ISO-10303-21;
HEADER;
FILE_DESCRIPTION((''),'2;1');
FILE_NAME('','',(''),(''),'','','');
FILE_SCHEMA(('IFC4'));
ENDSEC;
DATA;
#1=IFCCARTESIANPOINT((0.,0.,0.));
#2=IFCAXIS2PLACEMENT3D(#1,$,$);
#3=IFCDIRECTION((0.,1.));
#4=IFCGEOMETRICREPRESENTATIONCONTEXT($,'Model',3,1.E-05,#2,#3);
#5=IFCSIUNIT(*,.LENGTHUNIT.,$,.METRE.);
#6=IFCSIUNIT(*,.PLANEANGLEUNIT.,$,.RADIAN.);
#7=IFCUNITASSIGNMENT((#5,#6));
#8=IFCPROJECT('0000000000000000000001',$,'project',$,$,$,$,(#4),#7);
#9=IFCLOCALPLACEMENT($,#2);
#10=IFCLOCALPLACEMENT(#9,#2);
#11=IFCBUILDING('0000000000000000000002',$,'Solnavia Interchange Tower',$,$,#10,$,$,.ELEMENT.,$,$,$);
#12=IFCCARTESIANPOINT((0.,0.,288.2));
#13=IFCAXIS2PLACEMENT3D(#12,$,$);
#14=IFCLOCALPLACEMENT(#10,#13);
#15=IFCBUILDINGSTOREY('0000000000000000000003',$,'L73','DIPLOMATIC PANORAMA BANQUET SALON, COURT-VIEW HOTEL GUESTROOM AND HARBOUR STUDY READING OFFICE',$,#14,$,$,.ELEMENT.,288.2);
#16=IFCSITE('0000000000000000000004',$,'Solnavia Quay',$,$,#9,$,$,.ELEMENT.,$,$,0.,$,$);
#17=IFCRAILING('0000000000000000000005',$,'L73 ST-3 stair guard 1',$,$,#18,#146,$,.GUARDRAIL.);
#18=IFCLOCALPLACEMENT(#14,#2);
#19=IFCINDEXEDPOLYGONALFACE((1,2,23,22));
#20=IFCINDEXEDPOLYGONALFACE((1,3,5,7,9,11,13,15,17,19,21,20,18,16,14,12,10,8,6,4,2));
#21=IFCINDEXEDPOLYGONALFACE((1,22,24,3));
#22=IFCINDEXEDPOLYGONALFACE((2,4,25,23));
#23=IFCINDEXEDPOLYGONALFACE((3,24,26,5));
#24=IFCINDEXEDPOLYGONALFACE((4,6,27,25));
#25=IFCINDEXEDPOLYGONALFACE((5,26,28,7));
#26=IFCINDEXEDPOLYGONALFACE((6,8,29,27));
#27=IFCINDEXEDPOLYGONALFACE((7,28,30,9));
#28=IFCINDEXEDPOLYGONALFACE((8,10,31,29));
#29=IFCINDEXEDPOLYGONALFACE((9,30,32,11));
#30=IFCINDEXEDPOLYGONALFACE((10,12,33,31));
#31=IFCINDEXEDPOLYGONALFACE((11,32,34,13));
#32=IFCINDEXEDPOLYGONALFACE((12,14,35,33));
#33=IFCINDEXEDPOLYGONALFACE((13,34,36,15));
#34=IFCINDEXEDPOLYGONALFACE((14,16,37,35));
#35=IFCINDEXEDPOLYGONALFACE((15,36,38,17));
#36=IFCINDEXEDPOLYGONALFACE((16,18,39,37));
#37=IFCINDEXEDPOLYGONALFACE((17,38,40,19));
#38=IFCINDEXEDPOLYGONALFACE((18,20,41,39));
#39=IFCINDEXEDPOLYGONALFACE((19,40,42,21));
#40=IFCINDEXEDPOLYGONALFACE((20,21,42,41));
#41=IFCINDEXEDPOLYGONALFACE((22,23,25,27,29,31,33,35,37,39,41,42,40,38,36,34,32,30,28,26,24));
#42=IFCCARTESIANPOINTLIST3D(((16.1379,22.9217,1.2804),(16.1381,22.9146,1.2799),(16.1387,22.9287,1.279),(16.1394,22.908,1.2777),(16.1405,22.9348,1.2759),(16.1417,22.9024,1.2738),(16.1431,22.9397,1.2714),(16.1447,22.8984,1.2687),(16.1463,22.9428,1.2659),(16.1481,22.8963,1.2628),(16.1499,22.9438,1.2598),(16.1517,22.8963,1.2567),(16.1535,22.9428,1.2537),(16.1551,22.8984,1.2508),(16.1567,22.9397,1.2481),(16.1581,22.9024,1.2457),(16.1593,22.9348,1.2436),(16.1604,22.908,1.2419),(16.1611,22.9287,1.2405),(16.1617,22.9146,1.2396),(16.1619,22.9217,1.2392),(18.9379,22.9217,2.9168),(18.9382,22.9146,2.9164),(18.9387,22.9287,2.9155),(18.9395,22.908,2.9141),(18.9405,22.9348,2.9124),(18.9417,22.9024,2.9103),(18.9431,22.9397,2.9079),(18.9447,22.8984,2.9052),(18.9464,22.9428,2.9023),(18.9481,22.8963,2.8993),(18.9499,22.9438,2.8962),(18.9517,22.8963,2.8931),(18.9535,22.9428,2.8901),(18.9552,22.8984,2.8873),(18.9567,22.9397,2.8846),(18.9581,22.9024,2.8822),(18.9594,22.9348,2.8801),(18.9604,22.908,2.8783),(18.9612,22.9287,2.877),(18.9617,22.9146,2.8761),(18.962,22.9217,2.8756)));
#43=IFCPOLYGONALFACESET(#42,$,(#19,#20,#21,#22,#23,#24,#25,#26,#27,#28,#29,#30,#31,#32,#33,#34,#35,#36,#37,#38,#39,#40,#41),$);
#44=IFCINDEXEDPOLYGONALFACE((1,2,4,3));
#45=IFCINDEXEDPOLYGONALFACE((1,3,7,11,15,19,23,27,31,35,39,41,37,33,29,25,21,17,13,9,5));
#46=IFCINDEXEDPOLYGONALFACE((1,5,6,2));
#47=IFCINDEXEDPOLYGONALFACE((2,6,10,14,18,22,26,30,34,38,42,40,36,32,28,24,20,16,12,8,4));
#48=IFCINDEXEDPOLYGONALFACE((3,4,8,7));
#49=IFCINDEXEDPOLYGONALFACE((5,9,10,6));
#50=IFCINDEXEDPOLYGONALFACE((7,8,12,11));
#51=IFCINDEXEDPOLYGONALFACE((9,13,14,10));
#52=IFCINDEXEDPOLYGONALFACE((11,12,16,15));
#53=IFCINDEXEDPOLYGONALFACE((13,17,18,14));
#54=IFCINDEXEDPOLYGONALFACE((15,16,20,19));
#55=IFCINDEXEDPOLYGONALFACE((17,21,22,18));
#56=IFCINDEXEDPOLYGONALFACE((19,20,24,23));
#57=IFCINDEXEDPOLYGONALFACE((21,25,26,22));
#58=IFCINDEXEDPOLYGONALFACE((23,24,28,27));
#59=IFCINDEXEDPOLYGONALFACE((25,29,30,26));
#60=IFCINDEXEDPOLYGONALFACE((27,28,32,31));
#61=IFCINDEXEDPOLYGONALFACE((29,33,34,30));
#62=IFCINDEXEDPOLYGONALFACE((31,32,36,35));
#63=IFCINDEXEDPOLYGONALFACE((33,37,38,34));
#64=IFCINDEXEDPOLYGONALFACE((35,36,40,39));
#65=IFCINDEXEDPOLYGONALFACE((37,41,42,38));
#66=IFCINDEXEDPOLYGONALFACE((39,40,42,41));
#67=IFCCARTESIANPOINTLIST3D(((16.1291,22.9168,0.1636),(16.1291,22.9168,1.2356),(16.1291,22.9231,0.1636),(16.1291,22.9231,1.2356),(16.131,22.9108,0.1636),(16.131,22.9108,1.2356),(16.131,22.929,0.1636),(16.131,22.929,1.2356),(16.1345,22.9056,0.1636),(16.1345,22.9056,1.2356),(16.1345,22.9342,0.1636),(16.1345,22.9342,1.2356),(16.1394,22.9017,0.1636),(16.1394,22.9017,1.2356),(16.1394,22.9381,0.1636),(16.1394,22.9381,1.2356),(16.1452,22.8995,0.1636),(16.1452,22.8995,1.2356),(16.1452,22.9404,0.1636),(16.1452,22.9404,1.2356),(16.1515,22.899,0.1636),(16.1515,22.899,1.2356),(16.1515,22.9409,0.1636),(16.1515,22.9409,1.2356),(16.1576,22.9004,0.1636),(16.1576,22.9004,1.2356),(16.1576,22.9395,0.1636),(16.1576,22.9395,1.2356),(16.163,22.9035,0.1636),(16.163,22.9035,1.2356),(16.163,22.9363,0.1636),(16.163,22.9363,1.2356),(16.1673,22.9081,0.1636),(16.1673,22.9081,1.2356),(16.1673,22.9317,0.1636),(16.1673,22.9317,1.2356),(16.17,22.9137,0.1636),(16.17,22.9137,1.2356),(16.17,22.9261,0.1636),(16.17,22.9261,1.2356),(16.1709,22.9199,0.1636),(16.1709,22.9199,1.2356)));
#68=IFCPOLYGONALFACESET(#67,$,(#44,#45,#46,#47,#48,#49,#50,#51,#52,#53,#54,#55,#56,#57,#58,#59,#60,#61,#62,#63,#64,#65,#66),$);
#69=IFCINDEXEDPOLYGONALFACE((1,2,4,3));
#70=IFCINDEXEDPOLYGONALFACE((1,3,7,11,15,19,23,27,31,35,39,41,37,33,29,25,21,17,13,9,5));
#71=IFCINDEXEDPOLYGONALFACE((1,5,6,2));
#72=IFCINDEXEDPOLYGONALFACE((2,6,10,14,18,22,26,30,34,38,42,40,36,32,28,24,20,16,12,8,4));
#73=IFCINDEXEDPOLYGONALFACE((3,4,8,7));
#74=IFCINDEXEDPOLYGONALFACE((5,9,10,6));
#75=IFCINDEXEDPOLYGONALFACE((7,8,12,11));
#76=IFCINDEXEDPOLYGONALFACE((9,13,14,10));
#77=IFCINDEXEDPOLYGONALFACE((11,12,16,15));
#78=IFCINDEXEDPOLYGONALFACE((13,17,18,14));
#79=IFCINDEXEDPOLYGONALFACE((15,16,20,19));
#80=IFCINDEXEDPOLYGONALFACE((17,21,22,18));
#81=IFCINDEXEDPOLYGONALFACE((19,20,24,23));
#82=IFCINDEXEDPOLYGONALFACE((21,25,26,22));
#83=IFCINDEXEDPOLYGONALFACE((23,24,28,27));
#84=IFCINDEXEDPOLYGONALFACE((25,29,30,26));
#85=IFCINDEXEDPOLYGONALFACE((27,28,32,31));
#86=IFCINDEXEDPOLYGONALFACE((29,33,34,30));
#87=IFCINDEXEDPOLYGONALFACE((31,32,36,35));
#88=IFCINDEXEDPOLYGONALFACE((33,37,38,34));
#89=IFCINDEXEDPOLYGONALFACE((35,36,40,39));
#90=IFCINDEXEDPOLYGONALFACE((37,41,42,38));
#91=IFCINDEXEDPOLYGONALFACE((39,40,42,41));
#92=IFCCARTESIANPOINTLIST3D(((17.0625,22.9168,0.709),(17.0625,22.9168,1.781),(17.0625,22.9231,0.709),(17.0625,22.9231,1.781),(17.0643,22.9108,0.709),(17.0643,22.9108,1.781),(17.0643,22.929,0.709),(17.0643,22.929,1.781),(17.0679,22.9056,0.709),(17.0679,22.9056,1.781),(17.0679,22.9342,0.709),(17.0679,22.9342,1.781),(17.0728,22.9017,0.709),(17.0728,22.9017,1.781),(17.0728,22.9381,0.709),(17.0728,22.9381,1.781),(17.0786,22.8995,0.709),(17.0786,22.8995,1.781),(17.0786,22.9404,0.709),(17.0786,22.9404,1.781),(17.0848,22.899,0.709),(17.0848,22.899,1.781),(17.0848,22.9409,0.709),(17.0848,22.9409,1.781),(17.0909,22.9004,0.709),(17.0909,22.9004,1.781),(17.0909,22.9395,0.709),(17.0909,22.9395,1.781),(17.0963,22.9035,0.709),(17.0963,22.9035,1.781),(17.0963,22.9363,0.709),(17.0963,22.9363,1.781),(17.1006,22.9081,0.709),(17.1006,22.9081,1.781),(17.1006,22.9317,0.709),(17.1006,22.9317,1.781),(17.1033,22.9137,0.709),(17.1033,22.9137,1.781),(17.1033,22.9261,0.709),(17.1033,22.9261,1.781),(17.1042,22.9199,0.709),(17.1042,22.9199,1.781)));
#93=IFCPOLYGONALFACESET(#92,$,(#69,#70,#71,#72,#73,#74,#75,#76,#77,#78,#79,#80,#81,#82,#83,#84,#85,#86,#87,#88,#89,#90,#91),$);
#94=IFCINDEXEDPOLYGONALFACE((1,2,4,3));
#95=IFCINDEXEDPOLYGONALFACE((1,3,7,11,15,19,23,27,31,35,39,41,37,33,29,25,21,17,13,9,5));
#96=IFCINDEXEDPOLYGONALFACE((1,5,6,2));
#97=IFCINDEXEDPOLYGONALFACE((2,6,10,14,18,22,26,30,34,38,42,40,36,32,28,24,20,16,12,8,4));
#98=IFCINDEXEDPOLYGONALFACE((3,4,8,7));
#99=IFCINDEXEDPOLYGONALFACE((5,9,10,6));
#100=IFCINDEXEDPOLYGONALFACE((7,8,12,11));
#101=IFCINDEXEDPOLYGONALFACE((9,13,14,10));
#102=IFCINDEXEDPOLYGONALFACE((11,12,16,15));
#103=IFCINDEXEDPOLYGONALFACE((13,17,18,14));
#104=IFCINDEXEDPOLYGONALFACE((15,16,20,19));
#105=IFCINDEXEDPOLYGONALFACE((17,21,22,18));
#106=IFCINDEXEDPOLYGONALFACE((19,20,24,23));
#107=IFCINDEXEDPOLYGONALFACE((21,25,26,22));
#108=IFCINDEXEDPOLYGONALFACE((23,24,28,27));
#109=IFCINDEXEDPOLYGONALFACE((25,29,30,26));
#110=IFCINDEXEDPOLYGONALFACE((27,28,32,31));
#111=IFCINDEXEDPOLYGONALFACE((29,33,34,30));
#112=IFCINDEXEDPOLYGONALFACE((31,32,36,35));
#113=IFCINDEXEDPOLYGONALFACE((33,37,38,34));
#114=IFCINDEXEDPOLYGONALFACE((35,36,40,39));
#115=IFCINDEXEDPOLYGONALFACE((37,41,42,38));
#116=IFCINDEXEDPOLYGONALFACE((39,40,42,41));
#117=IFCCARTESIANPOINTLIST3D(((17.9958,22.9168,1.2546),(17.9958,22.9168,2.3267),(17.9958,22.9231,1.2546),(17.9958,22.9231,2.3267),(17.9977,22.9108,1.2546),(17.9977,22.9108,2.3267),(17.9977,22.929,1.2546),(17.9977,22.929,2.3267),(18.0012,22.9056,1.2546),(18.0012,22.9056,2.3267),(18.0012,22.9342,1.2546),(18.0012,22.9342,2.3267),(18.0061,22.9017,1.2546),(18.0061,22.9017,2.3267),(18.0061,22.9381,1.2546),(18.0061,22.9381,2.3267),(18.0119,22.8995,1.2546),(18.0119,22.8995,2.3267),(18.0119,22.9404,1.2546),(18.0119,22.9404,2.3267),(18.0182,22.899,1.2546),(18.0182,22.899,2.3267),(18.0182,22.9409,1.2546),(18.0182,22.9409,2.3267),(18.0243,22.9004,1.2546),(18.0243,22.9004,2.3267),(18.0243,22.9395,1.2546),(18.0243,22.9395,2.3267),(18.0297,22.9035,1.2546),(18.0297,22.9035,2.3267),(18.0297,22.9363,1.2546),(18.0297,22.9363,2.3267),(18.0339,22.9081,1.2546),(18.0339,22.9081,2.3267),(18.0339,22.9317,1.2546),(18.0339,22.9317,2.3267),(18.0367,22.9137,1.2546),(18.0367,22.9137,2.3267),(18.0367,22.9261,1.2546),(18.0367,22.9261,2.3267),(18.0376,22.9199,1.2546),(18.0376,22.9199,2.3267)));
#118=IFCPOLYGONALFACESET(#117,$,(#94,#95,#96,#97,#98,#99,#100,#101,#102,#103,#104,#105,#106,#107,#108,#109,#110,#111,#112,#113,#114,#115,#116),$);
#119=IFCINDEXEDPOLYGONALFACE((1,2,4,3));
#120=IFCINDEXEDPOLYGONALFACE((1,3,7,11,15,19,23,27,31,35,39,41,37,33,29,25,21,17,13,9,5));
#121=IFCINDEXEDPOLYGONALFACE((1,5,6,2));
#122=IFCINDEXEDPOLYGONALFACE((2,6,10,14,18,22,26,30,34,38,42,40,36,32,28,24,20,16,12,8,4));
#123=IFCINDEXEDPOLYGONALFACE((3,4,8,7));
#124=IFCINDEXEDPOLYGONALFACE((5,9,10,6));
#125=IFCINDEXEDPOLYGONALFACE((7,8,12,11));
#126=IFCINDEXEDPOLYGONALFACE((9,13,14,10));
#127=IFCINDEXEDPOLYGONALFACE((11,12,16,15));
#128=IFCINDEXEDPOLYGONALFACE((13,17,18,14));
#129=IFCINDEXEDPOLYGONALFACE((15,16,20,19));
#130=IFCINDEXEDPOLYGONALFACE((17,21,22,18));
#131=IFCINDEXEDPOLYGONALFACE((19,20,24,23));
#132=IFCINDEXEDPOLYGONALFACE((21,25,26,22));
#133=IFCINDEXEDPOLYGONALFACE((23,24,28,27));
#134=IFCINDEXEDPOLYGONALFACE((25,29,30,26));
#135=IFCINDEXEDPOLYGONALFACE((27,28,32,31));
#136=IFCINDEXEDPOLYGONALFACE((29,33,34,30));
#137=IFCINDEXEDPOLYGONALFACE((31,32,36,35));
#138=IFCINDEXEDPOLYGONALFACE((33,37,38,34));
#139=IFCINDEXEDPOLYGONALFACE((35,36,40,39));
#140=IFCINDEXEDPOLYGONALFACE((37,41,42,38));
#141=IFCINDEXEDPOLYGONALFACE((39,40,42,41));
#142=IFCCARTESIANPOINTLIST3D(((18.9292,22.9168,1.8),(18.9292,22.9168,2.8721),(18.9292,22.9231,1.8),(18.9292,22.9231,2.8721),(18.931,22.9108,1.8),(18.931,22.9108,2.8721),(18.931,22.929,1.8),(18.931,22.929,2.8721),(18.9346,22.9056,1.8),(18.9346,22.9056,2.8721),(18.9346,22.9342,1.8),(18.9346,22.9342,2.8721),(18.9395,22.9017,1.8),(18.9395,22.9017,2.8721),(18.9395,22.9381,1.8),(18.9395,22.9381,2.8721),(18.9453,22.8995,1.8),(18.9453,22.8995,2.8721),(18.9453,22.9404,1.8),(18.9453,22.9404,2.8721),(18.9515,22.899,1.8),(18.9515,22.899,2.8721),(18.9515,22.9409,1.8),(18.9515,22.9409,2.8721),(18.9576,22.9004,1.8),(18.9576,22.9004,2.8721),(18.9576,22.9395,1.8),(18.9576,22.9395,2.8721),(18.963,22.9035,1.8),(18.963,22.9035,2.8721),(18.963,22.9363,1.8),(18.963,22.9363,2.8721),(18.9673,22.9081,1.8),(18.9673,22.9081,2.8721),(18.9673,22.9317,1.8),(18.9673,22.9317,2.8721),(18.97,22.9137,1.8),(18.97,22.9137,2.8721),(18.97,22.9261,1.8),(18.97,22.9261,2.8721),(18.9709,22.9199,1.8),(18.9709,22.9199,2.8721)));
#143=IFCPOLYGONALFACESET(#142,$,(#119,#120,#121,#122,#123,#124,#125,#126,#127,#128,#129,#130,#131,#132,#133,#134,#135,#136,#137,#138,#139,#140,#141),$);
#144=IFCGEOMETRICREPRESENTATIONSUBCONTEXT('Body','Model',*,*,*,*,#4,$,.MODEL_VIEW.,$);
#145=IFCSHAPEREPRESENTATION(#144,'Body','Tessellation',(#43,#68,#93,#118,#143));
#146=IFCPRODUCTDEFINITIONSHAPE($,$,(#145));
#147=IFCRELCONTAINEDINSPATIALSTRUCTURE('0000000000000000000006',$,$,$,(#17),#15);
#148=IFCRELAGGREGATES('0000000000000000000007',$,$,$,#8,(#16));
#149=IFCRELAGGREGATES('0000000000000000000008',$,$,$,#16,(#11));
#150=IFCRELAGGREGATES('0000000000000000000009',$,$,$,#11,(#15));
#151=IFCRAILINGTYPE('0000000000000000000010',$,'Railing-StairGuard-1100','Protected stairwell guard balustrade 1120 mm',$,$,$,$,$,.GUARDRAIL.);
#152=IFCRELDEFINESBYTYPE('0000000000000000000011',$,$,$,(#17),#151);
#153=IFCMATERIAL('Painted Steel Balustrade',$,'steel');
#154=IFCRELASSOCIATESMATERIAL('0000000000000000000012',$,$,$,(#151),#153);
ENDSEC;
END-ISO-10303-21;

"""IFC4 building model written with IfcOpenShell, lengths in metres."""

from ifc_helpers import new_model, si_unit, direction, frame, origin, origin_2d, place, context, subcontext, project, spatial, circle, extrude, material, type_object, element, save


model = new_model("IFC4")

# Units and contexts
model_context = context("Model", 3, precision=1e-05, world=origin(), true_north=direction((0.0, 1.0)))
body_context = subcontext(model_context, "Body", "Model", "MODEL_VIEW")
ifc_project = project(units=[si_unit("LENGTHUNIT", "METRE"), si_unit("PLANEANGLEUNIT", "RADIAN")], contexts=[model_context])

# Site, building, storey
site_placement = place(None, origin())
site = spatial("IfcSite", under=ifc_project, at=site_placement, Name="Solnavia Quay", CompositionType="ELEMENT", RefElevation=0.0)
building_placement = place(site_placement, origin())
building = spatial("IfcBuilding", under=site, at=building_placement, Name="Solnavia Interchange Tower", CompositionType="ELEMENT")
storey_placement = place(building_placement, frame((0.0, 0.0, 288.2)))
storey = spatial("IfcBuildingStorey", under=building, at=storey_placement, Name="L73", Description="DIPLOMATIC PANORAMA BANQUET SALON, COURT-VIEW HOTEL GUESTROOM AND HARBOUR STUDY READING OFFICE", CompositionType="ELEMENT", Elevation=288.2)

# Railing
ifc_material_1 = material(Name="Painted Steel Balustrade", Category="steel")
railing_type_1 = type_object("IfcRailingType", Name="Railing-StairGuard-1100", Description="Protected stairwell guard balustrade 1120 mm", PredefinedType="GUARDRAIL", material=ifc_material_1)
railing_1_placement = place(storey_placement, frame((16.1499, 22.9199, 0.1636)))
element("IfcRailing", 1, at=railing_1_placement, inside=storey, type_object=railing_type_1, Name="L73 ST-3 stair guard 1", PredefinedType="GUARDRAIL", context=body_context, shape_type="SweptSolid", body=[
    extrude(circle(Radius=0.0239, at=origin_2d()), frame((0.0, 0.0, 1.0962), z_axis=(0.863361, 0.0, 0.504587), x_axis=(0.0, 1.0, 0.0)), (0.0, 0.0, 1.0), 3.2432),
    extrude(circle(Radius=0.021, at=origin_2d()), origin(), (0.0, 0.0, 1.0), 1.072),
    extrude(circle(Radius=0.021, at=origin_2d()), frame((0.9333, 0.0, 0.5454)), (0.0, 0.0, 1.0), 1.072),
    extrude(circle(Radius=0.021, at=origin_2d()), frame((1.8667, 0.0, 1.0911)), (0.0, 0.0, 1.0), 1.072),
    extrude(circle(Radius=0.021, at=origin_2d()), frame((2.8, 0.0, 1.6365)), (0.0, 0.0, 1.0), 1.072),
])

save(model, "model.ifc")
